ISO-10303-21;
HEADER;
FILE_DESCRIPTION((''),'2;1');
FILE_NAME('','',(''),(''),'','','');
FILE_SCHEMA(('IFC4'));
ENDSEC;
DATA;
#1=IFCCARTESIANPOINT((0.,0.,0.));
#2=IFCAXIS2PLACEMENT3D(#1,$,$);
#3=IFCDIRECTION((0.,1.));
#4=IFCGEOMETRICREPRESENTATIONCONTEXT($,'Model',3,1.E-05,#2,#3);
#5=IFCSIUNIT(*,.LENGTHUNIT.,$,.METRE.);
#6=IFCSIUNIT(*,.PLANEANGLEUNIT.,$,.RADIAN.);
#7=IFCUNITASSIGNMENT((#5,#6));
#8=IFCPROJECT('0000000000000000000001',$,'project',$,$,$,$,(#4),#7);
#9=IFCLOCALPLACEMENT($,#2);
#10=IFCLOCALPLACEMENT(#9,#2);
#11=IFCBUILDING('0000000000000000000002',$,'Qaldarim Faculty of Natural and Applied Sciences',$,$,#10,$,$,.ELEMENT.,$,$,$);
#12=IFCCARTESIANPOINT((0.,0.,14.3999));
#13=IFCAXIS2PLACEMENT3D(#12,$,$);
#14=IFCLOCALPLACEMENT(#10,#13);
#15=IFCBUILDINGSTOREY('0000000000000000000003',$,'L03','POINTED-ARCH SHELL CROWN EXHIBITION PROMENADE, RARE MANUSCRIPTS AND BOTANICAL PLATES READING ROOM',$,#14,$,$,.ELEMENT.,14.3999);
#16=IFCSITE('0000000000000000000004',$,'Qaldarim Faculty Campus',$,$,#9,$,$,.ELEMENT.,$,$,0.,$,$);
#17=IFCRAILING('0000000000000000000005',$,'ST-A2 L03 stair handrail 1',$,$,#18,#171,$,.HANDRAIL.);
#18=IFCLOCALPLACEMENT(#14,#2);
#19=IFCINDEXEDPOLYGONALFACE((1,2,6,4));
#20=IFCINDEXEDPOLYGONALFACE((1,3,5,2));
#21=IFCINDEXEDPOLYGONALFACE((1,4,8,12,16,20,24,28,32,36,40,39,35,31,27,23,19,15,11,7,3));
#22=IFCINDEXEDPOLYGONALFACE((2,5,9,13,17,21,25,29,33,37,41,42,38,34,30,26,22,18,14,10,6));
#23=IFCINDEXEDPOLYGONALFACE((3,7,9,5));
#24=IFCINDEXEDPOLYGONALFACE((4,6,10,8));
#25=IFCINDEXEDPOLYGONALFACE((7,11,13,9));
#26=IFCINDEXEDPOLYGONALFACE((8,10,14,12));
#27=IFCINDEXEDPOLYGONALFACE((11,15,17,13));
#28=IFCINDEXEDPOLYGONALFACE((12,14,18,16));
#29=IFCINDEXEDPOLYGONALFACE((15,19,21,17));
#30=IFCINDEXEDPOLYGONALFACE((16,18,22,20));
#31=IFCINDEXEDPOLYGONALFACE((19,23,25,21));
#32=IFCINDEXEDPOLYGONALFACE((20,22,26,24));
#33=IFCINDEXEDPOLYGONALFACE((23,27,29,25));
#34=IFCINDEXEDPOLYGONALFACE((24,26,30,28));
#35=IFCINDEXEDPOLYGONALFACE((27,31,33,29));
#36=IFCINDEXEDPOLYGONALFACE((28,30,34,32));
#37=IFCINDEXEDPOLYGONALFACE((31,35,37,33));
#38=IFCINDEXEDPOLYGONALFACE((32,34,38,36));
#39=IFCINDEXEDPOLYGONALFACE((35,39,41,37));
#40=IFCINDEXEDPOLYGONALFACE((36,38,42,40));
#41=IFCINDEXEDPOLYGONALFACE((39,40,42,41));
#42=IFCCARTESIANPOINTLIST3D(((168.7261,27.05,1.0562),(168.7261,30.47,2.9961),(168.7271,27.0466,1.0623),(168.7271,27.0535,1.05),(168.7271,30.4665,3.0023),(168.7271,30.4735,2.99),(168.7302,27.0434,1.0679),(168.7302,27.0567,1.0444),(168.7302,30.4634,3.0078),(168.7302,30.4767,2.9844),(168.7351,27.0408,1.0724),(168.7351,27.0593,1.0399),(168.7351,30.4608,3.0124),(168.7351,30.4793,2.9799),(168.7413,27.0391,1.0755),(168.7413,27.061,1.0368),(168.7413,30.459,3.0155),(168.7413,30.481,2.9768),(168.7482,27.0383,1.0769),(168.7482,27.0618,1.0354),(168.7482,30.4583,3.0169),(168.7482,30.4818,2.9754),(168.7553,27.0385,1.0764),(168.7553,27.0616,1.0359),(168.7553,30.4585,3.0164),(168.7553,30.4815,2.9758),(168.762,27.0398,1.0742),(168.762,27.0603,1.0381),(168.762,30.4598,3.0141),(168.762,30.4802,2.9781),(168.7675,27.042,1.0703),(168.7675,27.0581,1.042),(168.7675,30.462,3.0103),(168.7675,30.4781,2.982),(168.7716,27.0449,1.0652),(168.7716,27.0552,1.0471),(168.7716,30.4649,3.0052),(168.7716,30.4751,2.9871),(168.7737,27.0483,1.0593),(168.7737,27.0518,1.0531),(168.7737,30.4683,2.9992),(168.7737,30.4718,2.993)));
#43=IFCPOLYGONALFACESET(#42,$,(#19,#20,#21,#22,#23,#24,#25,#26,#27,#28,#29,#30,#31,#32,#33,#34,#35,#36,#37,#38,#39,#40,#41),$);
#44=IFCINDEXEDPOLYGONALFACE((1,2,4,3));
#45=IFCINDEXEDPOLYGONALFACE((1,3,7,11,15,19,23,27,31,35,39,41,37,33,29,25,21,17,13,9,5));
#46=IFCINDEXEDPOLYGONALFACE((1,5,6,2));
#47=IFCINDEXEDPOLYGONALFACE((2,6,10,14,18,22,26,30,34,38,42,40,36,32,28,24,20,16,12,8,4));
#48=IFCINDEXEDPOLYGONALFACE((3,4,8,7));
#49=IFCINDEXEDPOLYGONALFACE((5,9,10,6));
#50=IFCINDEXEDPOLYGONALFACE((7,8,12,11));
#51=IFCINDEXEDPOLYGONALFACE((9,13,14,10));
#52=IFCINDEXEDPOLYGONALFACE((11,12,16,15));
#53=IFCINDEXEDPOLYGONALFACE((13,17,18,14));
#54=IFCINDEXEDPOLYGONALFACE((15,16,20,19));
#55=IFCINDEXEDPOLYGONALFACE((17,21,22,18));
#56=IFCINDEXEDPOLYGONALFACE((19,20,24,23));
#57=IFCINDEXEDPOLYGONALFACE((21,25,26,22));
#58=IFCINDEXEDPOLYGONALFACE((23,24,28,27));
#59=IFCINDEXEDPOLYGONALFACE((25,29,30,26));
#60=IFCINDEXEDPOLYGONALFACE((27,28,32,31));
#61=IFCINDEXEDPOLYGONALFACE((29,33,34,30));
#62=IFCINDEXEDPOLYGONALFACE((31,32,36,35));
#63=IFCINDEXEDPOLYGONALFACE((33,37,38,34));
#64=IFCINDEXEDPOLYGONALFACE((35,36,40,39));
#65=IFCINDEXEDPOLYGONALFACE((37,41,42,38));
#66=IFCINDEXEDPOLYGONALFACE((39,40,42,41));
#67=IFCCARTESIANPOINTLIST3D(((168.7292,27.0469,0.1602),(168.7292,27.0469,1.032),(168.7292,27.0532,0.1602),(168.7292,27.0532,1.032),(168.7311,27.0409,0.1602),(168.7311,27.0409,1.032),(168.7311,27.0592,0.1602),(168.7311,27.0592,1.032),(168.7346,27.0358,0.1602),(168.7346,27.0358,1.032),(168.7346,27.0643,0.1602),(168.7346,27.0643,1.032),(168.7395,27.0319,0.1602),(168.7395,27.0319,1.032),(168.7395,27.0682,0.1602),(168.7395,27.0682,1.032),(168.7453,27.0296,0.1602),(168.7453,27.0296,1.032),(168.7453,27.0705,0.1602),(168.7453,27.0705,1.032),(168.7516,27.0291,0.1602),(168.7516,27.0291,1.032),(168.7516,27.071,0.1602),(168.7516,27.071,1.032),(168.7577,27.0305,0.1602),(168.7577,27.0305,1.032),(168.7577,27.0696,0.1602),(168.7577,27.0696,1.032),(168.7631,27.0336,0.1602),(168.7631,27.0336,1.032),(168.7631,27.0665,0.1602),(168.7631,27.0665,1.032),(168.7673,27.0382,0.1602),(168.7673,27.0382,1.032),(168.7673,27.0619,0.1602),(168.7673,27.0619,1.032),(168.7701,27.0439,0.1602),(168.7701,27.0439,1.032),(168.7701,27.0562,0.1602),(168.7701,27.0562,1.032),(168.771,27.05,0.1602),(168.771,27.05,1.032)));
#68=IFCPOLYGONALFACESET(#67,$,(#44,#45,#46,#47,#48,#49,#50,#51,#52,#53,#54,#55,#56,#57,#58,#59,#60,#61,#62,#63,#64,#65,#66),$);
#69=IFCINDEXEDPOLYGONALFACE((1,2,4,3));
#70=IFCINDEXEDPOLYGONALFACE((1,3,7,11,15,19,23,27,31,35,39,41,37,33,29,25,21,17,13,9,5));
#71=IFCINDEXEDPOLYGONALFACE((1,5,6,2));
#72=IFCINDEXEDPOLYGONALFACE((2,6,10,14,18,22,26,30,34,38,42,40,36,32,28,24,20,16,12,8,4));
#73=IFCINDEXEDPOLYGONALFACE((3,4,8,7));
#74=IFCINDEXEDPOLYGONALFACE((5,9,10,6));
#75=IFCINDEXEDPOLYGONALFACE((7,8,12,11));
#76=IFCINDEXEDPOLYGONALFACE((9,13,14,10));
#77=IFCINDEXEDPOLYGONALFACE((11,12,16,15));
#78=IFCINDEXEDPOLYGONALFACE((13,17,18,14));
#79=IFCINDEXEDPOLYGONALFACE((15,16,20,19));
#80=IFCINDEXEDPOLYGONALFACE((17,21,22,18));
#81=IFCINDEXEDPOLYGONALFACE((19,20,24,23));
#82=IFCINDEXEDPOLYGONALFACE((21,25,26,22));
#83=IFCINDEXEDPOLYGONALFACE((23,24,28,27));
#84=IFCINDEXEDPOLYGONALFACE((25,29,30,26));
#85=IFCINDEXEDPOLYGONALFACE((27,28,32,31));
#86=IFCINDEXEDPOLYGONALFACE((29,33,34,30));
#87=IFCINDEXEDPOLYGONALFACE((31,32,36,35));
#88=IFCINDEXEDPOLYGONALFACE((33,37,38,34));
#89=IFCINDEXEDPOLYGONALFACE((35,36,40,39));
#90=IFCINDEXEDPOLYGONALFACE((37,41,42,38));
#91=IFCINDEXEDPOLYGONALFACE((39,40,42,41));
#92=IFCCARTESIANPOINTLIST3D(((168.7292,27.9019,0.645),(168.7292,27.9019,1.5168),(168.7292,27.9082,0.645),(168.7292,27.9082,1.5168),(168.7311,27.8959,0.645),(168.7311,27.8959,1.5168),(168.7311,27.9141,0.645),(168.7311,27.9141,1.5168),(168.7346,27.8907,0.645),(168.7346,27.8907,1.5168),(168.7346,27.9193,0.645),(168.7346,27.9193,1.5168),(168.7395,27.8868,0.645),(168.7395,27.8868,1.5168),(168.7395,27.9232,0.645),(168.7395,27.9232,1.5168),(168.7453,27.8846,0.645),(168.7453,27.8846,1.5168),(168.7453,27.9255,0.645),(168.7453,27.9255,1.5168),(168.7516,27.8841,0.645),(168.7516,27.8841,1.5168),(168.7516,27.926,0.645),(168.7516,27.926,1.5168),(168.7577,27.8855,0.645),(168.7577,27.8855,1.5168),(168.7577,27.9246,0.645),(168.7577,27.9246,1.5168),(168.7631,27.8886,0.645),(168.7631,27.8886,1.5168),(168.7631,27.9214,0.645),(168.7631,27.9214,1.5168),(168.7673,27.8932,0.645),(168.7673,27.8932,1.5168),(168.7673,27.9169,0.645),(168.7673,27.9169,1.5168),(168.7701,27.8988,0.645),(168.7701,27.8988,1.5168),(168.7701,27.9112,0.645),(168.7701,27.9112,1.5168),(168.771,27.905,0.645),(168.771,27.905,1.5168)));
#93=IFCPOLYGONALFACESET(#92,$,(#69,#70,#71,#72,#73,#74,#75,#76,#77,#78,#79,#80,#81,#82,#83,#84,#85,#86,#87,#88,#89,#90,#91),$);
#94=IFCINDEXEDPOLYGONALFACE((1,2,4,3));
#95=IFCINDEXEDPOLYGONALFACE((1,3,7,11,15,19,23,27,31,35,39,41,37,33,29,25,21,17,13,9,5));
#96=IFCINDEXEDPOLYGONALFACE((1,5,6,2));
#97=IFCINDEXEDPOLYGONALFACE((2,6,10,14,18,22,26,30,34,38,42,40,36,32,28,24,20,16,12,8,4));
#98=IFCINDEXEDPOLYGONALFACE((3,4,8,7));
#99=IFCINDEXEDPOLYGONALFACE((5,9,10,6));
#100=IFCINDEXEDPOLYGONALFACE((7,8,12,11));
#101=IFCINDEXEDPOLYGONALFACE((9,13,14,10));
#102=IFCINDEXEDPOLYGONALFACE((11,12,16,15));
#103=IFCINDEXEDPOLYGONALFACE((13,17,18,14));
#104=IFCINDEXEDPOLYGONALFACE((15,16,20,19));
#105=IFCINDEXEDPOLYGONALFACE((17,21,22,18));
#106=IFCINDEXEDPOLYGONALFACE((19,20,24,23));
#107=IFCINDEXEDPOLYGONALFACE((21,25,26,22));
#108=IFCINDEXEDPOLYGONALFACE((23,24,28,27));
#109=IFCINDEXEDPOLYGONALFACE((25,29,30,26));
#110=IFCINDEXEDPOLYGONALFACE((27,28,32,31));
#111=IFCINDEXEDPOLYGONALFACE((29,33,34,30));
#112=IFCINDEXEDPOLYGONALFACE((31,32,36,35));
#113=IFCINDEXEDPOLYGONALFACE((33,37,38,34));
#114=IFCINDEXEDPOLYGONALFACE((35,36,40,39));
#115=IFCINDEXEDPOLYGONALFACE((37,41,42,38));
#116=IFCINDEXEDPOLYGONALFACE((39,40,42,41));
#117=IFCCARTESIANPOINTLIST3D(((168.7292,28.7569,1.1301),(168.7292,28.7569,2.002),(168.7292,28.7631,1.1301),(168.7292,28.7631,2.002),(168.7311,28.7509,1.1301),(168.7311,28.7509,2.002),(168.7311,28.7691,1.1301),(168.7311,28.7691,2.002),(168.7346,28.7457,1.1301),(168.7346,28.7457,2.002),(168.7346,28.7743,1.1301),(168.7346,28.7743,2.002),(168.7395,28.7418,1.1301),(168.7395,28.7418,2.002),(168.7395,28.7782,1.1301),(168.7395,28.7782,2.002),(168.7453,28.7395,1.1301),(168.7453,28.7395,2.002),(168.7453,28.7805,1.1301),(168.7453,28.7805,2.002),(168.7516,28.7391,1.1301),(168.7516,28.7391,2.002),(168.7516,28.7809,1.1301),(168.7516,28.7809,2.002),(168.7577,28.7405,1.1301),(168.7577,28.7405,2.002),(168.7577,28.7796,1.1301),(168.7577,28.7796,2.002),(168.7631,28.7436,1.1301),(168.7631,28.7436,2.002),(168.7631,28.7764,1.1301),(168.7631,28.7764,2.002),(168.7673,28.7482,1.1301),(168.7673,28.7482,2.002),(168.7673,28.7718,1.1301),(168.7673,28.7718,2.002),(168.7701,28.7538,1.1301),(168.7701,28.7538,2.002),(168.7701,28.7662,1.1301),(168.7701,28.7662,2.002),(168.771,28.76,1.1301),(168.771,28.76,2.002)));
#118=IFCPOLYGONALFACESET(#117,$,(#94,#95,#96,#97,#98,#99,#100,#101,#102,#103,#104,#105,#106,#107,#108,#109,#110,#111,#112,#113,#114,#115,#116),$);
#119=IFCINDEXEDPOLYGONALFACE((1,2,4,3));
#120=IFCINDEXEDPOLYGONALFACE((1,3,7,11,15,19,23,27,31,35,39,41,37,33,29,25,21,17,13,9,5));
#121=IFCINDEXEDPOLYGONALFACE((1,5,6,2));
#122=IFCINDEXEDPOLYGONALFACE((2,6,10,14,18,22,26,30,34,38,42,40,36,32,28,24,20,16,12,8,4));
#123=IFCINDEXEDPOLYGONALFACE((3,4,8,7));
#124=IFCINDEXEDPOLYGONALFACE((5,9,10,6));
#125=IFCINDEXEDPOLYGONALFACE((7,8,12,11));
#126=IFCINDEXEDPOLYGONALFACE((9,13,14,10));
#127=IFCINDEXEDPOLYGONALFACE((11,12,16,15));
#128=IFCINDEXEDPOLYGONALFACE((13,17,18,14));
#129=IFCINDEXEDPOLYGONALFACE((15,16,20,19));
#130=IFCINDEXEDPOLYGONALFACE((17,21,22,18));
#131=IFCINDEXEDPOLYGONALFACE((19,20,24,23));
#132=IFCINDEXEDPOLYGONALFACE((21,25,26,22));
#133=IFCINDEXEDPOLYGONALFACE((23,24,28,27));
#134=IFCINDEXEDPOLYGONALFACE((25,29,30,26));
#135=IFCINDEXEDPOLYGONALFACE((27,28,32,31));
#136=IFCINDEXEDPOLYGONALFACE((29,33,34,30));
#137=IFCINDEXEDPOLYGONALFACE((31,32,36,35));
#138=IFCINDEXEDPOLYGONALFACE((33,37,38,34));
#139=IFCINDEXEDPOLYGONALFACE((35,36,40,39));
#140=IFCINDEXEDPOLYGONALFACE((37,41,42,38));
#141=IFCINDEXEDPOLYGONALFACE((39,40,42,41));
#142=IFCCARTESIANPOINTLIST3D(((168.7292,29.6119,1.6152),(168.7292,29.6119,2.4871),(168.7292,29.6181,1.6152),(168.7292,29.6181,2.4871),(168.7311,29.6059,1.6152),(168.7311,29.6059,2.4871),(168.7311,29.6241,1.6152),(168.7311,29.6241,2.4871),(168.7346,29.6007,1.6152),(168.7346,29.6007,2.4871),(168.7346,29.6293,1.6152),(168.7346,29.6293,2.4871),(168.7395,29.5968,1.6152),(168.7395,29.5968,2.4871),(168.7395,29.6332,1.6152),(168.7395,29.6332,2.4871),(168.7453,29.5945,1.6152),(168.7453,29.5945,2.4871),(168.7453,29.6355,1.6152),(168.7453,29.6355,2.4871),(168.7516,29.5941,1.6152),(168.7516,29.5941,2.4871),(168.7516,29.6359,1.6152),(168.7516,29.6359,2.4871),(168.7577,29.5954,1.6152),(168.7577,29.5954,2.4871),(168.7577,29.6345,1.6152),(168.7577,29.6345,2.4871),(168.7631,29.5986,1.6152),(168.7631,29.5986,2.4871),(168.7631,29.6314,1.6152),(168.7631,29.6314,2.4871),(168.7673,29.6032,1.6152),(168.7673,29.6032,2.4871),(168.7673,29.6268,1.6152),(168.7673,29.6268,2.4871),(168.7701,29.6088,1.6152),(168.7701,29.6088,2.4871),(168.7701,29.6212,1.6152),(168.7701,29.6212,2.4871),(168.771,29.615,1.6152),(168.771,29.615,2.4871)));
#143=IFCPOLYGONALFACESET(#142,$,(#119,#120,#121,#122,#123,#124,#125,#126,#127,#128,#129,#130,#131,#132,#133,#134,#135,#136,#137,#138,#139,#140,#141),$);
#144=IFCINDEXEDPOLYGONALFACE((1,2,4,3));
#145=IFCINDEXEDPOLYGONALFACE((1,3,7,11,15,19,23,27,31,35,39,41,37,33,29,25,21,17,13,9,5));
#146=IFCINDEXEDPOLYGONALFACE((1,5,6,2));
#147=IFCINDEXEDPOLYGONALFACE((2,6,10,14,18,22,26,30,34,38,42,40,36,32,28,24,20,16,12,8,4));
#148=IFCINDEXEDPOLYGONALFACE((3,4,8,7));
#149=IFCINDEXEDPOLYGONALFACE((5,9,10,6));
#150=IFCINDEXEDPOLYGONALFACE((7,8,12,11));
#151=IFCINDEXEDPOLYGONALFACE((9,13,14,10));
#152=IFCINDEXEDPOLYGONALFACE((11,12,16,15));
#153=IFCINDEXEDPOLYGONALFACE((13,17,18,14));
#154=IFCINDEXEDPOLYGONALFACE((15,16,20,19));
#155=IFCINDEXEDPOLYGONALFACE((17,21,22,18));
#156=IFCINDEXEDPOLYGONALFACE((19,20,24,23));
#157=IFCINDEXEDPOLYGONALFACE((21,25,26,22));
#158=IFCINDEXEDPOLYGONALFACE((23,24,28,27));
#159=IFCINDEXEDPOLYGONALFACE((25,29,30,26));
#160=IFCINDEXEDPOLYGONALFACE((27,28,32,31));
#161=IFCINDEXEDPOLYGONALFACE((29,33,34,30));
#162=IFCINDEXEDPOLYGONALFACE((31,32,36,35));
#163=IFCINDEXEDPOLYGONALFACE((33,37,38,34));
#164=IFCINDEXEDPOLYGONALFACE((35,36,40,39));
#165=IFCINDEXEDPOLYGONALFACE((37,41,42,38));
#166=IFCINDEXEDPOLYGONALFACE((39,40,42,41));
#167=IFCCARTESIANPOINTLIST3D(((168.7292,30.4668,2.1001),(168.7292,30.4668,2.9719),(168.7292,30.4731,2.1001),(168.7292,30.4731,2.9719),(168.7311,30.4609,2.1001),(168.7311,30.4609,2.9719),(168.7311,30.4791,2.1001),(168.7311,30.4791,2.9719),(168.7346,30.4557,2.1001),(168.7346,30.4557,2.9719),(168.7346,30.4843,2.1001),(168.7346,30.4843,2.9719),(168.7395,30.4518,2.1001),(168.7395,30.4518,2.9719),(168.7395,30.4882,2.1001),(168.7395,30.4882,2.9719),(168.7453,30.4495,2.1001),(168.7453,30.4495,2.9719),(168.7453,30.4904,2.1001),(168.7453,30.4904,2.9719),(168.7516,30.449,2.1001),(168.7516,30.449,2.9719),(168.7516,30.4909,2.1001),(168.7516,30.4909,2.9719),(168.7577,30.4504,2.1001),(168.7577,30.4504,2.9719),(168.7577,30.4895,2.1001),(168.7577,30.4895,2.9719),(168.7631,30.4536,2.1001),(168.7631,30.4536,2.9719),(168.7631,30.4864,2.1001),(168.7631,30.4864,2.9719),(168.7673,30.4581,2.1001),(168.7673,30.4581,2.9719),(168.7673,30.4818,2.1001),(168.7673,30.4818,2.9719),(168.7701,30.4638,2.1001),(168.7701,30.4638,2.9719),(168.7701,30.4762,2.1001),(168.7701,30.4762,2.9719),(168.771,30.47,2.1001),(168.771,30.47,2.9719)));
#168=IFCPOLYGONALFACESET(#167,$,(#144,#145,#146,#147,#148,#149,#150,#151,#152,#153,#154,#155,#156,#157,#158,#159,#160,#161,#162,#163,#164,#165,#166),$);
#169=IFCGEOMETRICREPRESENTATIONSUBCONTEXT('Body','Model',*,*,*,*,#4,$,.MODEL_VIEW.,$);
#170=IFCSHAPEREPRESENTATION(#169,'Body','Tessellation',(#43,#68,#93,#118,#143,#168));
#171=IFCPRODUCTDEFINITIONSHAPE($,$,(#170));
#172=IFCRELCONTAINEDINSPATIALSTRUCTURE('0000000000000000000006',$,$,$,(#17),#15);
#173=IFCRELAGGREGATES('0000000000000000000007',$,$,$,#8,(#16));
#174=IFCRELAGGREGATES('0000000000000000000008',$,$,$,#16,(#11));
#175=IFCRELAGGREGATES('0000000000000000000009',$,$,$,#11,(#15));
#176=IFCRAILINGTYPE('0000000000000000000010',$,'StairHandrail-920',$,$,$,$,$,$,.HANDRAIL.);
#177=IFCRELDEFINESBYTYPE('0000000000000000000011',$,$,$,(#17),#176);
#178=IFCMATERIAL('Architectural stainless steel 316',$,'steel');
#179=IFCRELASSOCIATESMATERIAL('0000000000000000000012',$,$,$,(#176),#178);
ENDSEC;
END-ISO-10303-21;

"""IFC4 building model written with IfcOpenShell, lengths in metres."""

from ifc_helpers import new_model, si_unit, direction, frame, origin, origin_2d, place, context, subcontext, project, spatial, circle, extrude, material, type_object, element, save


model = new_model("IFC4")

# Units and contexts
model_context = context("Model", 3, precision=1e-05, world=origin(), true_north=direction((0.0, 1.0)))
body_context = subcontext(model_context, "Body", "Model", "MODEL_VIEW")
ifc_project = project(units=[si_unit("LENGTHUNIT", "METRE"), si_unit("PLANEANGLEUNIT", "RADIAN")], contexts=[model_context])

# Site, building, storey
site_placement = place(None, origin())
site = spatial("IfcSite", under=ifc_project, at=site_placement, Name="Qaldarim Faculty Campus", CompositionType="ELEMENT", RefElevation=0.0)
building_placement = place(site_placement, origin())
building = spatial("IfcBuilding", under=site, at=building_placement, Name="Qaldarim Faculty of Natural and Applied Sciences", CompositionType="ELEMENT")
storey_placement = place(building_placement, frame((0.0, 0.0, 14.3999)))
storey = spatial("IfcBuildingStorey", under=building, at=storey_placement, Name="L03", Description="POINTED-ARCH SHELL CROWN EXHIBITION PROMENADE, RARE MANUSCRIPTS AND BOTANICAL PLATES READING ROOM", CompositionType="ELEMENT", Elevation=14.3999)

# Shared definitions
ifc_material_1 = material(Name="Architectural stainless steel 316", Category="steel")

# Railing
railing_type_1 = type_object("IfcRailingType", Name="StairHandrail-920", PredefinedType="HANDRAIL", material=ifc_material_1)
railing_1_placement = place(storey_placement, frame((168.75, 27.05, 0.1602)))
element("IfcRailing", 1, at=railing_1_placement, inside=storey, type_object=railing_type_1, Name="ST-A2 L03 stair handrail 1", PredefinedType="HANDRAIL", context=body_context, shape_type="SweptSolid", body=[
    extrude(circle(Radius=0.0239, at=origin_2d()), frame((0.0, 0.0, 0.896), z_axis=(0.0, 0.869805, 0.493395), x_axis=(-1.0, 0.0, 0.0)), (0.0, 0.0, 1.0), 3.9319),
    extrude(circle(Radius=0.021, at=origin_2d()), origin(), (0.0, 0.0, 1.0), 0.8718),
    extrude(circle(Radius=0.021, at=origin_2d()), frame((0.0, 0.855, 0.4849)), (0.0, 0.0, 1.0), 0.8718),
    extrude(circle(Radius=0.021, at=origin_2d()), frame((0.0, 1.71, 0.97)), (0.0, 0.0, 1.0), 0.8718),
    extrude(circle(Radius=0.021, at=origin_2d()), frame((0.0, 2.5649, 1.4551)), (0.0, 0.0, 1.0), 0.8718),
    extrude(circle(Radius=0.021, at=origin_2d()), frame((0.0, 3.4199, 1.9399)), (0.0, 0.0, 1.0), 0.8718),
])

save(model, "model.ifc")
